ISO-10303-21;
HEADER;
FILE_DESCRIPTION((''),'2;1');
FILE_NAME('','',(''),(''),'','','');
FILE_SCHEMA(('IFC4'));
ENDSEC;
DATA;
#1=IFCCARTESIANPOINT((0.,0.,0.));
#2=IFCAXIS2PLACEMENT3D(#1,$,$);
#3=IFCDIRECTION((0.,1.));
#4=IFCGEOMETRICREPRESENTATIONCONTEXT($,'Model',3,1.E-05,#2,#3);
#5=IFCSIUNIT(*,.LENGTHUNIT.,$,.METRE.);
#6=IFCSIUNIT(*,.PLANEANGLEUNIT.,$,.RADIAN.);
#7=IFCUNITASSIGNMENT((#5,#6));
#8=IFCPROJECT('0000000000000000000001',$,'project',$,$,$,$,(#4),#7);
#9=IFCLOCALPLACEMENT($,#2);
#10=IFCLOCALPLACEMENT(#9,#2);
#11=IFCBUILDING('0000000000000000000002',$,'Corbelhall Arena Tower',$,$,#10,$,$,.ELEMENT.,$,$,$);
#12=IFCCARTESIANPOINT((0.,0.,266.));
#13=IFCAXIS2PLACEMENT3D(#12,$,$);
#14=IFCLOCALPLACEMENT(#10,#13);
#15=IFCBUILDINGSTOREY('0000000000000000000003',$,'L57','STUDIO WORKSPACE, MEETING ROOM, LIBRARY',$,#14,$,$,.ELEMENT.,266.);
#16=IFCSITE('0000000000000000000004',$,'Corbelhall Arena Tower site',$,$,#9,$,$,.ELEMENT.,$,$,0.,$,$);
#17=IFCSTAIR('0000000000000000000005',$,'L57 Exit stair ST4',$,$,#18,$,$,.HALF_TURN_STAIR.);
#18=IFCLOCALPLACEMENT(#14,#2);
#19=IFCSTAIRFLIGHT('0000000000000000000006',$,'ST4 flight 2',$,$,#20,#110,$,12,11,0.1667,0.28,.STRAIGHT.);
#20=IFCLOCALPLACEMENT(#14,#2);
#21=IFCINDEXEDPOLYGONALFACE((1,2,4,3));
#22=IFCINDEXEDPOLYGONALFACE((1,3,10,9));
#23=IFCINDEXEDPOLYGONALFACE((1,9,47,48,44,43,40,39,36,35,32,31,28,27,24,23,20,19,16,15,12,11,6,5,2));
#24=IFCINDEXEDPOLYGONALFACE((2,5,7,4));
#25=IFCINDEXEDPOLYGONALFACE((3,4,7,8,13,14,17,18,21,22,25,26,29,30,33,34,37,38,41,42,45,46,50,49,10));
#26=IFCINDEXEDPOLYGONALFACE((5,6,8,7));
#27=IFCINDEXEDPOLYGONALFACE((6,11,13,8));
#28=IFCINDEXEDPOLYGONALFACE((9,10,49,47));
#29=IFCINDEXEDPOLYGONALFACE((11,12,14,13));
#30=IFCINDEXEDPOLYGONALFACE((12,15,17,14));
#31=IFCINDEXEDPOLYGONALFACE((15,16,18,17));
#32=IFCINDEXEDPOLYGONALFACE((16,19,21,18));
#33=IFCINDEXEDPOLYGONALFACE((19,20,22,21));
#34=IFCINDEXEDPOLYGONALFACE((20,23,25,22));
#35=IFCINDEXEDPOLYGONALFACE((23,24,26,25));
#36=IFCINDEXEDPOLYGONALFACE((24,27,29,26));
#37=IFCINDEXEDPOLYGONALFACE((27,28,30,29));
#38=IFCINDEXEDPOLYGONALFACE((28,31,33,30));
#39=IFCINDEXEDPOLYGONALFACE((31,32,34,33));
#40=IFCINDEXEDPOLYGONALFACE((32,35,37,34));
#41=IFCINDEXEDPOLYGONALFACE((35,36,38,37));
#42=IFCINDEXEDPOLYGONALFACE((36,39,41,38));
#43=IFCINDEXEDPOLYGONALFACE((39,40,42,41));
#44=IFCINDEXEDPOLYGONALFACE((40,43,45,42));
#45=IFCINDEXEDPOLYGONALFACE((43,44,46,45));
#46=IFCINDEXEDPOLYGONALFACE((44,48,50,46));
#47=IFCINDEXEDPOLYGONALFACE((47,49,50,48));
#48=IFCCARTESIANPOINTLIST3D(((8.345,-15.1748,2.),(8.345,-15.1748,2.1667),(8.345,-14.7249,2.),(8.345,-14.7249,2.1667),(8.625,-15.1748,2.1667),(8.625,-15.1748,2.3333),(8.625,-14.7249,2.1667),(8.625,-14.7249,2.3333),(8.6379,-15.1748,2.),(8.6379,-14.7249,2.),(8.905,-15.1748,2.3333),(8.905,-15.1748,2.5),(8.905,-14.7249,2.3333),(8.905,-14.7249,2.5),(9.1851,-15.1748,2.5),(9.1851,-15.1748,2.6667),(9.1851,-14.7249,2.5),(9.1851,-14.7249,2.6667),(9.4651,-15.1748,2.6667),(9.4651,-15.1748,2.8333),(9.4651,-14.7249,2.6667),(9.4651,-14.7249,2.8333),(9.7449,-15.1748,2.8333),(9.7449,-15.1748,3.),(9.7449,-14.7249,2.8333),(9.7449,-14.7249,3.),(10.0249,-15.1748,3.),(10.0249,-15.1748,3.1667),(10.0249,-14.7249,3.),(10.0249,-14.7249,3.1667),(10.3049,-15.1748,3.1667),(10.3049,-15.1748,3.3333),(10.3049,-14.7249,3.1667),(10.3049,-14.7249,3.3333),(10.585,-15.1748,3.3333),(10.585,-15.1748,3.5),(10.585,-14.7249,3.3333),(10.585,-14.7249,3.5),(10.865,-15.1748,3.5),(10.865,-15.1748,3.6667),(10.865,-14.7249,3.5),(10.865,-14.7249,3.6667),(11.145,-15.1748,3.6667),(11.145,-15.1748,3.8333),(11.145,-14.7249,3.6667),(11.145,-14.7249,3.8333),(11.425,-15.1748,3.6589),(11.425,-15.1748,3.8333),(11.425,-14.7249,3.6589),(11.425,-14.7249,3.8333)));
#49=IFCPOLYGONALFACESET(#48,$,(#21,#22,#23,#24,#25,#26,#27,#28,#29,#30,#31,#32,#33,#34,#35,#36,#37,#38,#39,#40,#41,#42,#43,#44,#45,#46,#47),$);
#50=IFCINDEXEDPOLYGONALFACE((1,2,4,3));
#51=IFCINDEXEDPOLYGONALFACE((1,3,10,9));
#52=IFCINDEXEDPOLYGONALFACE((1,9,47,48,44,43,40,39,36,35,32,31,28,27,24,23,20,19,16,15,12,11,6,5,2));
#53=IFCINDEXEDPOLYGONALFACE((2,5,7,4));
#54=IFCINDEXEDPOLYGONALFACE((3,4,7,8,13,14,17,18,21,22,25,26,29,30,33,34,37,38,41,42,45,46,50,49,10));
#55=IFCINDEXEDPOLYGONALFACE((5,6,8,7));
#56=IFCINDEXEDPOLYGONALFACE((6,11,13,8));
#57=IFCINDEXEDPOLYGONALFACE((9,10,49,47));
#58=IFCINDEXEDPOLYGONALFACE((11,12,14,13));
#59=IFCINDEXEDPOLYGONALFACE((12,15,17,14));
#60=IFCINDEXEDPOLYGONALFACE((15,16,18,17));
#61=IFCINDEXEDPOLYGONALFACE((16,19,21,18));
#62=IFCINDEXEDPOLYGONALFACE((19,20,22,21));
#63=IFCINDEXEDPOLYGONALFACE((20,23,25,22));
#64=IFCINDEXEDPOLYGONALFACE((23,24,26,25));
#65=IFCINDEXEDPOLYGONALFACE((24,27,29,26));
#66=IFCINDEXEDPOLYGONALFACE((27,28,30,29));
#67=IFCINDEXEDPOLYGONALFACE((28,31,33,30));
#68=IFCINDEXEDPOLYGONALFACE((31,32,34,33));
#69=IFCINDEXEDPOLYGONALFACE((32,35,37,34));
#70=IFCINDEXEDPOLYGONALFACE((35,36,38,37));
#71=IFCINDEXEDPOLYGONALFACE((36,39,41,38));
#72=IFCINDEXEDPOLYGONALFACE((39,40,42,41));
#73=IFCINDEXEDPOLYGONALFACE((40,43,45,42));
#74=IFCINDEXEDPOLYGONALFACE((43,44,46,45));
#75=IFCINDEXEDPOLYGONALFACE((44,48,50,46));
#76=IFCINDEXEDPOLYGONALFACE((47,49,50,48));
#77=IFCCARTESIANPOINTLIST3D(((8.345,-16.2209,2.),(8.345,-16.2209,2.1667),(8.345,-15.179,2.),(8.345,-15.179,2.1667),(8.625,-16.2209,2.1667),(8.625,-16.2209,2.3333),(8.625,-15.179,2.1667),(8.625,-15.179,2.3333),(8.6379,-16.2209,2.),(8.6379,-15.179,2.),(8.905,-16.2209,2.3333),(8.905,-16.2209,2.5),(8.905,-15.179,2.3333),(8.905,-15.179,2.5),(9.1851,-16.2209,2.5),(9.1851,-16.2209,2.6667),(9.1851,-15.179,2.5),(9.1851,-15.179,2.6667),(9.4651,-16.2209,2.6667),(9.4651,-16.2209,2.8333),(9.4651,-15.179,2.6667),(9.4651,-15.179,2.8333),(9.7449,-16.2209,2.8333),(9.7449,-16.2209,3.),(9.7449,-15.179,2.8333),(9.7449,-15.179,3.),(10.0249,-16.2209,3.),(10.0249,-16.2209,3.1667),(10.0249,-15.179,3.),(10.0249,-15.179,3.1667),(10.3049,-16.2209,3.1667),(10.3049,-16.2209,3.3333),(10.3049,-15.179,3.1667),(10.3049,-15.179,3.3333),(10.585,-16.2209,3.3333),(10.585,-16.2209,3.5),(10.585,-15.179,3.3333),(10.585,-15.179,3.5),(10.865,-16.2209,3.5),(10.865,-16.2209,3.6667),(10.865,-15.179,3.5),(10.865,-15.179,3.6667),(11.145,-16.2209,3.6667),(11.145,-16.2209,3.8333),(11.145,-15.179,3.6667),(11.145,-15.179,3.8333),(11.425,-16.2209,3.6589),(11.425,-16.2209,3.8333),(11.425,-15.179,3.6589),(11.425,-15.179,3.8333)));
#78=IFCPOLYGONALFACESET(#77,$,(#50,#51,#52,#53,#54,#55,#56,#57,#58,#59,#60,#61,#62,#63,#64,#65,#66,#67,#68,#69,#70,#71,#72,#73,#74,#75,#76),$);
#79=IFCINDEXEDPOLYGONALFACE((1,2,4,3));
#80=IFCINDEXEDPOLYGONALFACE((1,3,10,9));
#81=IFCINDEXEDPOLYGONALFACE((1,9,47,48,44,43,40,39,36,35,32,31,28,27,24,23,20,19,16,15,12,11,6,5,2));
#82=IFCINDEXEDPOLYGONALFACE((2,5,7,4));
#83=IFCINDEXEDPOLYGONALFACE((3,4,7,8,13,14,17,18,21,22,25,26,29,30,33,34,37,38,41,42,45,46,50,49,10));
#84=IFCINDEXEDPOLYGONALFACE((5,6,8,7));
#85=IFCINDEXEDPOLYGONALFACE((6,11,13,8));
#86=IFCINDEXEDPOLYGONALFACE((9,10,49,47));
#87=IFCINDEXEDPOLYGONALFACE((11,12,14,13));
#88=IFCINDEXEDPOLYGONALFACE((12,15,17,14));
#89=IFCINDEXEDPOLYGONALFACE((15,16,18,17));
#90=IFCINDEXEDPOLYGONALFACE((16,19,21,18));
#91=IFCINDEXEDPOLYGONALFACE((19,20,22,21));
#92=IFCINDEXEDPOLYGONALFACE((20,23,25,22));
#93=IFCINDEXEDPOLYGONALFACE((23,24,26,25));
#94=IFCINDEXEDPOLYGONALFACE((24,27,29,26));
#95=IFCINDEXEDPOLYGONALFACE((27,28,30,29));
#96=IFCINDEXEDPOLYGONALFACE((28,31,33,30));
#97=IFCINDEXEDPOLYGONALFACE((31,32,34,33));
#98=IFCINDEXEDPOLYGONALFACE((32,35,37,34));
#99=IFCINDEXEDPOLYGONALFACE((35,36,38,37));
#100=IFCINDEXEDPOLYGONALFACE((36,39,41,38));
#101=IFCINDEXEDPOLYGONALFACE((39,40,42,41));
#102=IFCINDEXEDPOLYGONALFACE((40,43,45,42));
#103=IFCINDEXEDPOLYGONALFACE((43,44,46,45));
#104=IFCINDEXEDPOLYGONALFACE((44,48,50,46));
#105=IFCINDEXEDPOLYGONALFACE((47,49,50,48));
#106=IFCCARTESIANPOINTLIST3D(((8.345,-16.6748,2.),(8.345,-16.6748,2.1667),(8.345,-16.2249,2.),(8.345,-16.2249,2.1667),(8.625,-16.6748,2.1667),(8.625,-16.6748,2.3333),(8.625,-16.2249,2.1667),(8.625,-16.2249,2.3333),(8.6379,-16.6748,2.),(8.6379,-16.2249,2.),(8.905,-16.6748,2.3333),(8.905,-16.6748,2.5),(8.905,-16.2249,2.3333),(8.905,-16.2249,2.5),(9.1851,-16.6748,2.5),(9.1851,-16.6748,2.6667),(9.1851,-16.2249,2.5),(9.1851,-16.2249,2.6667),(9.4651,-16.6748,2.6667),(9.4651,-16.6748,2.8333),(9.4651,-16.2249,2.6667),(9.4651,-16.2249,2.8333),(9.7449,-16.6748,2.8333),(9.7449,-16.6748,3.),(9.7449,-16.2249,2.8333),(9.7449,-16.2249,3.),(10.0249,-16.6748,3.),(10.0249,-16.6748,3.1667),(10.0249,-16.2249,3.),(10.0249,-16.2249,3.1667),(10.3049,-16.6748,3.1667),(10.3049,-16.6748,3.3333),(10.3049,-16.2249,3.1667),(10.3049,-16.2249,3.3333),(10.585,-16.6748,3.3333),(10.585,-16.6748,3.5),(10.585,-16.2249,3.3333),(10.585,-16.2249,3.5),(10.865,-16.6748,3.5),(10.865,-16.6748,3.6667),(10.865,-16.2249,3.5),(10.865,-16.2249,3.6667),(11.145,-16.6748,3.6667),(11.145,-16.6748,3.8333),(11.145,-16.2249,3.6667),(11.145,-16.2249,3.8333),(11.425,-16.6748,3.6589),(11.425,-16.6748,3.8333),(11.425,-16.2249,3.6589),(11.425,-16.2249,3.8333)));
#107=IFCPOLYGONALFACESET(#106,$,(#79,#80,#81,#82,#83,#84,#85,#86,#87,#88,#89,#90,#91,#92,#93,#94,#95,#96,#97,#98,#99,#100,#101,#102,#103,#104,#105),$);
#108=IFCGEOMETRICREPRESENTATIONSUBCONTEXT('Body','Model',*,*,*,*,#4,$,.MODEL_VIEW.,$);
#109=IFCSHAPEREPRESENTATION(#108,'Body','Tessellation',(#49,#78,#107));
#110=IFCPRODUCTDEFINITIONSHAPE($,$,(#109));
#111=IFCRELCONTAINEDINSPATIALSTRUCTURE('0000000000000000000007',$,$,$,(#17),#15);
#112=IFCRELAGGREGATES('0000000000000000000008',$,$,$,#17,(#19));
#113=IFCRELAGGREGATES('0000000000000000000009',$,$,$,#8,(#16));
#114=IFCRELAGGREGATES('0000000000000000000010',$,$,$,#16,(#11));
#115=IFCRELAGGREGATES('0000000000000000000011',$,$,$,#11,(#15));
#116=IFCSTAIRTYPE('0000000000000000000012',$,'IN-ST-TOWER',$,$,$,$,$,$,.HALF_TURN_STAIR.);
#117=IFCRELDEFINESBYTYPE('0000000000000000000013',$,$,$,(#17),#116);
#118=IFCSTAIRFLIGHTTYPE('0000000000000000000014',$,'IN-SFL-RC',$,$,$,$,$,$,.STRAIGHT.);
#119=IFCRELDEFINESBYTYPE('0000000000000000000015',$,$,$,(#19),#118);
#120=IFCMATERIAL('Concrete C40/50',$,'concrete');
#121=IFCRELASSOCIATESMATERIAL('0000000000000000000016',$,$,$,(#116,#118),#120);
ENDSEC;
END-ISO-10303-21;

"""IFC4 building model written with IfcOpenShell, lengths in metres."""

from ifc_helpers import new_model, si_unit, direction, frame, origin, place, context, subcontext, project, spatial, polyline, outline, extrude, material, type_object, element, aggregate, save


model = new_model("IFC4")

# Units and contexts
model_context = context("Model", 3, precision=1e-05, world=origin(), true_north=direction((0.0, 1.0)))
body_context = subcontext(model_context, "Body", "Model", "MODEL_VIEW")
ifc_project = project(units=[si_unit("LENGTHUNIT", "METRE"), si_unit("PLANEANGLEUNIT", "RADIAN")], contexts=[model_context])

# Site, building, storey
site_placement = place(None, origin())
site = spatial("IfcSite", under=ifc_project, at=site_placement, Name="Corbelhall Arena Tower site", CompositionType="ELEMENT", RefElevation=0.0)
building_placement = place(site_placement, origin())
building = spatial("IfcBuilding", under=site, at=building_placement, Name="Corbelhall Arena Tower", CompositionType="ELEMENT")
storey_placement = place(building_placement, frame((0.0, 0.0, 266.0)))
storey = spatial("IfcBuildingStorey", under=building, at=storey_placement, Name="L57", Description="STUDIO WORKSPACE, MEETING ROOM, LIBRARY", CompositionType="ELEMENT", Elevation=266.0)

# Shared definitions
ifc_material_1 = material(Name="Concrete C40/50", Category="concrete")

# Stair, stair flight
stair_type = type_object("IfcStairType", Name="IN-ST-TOWER", PredefinedType="HALF_TURN_STAIR", material=ifc_material_1)
stair_placement = place(storey_placement, origin())
stair = element("IfcStair", 1, at=stair_placement, inside=storey, type_object=stair_type, Name="L57 Exit stair ST4", PredefinedType="HALF_TURN_STAIR")
stair_flight_type = type_object("IfcStairFlightType", Name="IN-SFL-RC", PredefinedType="STRAIGHT", material=ifc_material_1)
stair_flight_1_placement = place(storey_placement, frame((8.345, -15.7, 2.0), z_axis=(0.0, 0.0, 1.0), x_axis=(1.0, 0.0, 0.0)))
stair_flight_1 = element("IfcStairFlight", 2, at=stair_flight_1_placement, type_object=stair_flight_type, Name="ST4 flight 2", NumberOfRisers=12, NumberOfTreads=11, PredefinedType="STRAIGHT", RiserHeight=0.1667, TreadLength=0.28, context=body_context, shape_type="SweptSolid", body=[
    extrude(outline(polyline([(0.0, 0.0), (0.0, 0.1667), (0.28, 0.1667), (0.28, 0.3333), (0.5601, 0.3333), (0.5601, 0.5), (0.8401, 0.5), (0.8401, 0.6667), (1.1201, 0.6667), (1.1201, 0.8333), (1.3999, 0.8333), (1.3999, 1.0), (1.6799, 1.0), (1.6799, 1.1667), (1.96, 1.1667), (1.96, 1.3333), (2.24, 1.3333), (2.24, 1.5), (2.52, 1.5), (2.52, 1.6667), (2.8, 1.6667), (2.8, 1.8333), (3.0801, 1.8333), (3.0801, 2.0), (3.0801, 1.6589), (0.293, 0.0), (0.0, 0.0)])), frame((0.0, 0.9751, 0.0), z_axis=(0.0, -1.0, 0.0), x_axis=(1.0, 0.0, 0.0)), (0.0, 0.0, 1.0), 0.45),
    extrude(outline(polyline([(0.0, 0.0), (0.0, 0.1667), (0.28, 0.1667), (0.28, 0.3333), (0.5601, 0.3333), (0.5601, 0.5), (0.8401, 0.5), (0.8401, 0.6667), (1.1201, 0.6667), (1.1201, 0.8333), (1.3999, 0.8333), (1.3999, 1.0), (1.6799, 1.0), (1.6799, 1.1667), (1.96, 1.1667), (1.96, 1.3333), (2.24, 1.3333), (2.24, 1.5), (2.52, 1.5), (2.52, 1.6667), (2.8, 1.6667), (2.8, 1.8333), (3.0801, 1.8333), (3.0801, 2.0), (3.0801, 1.6589), (0.293, 0.0), (0.0, 0.0)])), frame((0.0, 0.521, 0.0), z_axis=(0.0, -1.0, 0.0), x_axis=(1.0, 0.0, 0.0)), (0.0, 0.0, 1.0), 1.042),
    extrude(outline(polyline([(0.0, 0.0), (0.0, 0.1667), (0.28, 0.1667), (0.28, 0.3333), (0.5601, 0.3333), (0.5601, 0.5), (0.8401, 0.5), (0.8401, 0.6667), (1.1201, 0.6667), (1.1201, 0.8333), (1.3999, 0.8333), (1.3999, 1.0), (1.6799, 1.0), (1.6799, 1.1667), (1.96, 1.1667), (1.96, 1.3333), (2.24, 1.3333), (2.24, 1.5), (2.52, 1.5), (2.52, 1.6667), (2.8, 1.6667), (2.8, 1.8333), (3.0801, 1.8333), (3.0801, 2.0), (3.0801, 1.6589), (0.293, 0.0), (0.0, 0.0)])), frame((0.0, -0.5249, 0.0), z_axis=(0.0, -1.0, 0.0), x_axis=(1.0, 0.0, 0.0)), (0.0, 0.0, 1.0), 0.45),
])
aggregate(stair, [stair_flight_1])

save(model, "model.ifc")
